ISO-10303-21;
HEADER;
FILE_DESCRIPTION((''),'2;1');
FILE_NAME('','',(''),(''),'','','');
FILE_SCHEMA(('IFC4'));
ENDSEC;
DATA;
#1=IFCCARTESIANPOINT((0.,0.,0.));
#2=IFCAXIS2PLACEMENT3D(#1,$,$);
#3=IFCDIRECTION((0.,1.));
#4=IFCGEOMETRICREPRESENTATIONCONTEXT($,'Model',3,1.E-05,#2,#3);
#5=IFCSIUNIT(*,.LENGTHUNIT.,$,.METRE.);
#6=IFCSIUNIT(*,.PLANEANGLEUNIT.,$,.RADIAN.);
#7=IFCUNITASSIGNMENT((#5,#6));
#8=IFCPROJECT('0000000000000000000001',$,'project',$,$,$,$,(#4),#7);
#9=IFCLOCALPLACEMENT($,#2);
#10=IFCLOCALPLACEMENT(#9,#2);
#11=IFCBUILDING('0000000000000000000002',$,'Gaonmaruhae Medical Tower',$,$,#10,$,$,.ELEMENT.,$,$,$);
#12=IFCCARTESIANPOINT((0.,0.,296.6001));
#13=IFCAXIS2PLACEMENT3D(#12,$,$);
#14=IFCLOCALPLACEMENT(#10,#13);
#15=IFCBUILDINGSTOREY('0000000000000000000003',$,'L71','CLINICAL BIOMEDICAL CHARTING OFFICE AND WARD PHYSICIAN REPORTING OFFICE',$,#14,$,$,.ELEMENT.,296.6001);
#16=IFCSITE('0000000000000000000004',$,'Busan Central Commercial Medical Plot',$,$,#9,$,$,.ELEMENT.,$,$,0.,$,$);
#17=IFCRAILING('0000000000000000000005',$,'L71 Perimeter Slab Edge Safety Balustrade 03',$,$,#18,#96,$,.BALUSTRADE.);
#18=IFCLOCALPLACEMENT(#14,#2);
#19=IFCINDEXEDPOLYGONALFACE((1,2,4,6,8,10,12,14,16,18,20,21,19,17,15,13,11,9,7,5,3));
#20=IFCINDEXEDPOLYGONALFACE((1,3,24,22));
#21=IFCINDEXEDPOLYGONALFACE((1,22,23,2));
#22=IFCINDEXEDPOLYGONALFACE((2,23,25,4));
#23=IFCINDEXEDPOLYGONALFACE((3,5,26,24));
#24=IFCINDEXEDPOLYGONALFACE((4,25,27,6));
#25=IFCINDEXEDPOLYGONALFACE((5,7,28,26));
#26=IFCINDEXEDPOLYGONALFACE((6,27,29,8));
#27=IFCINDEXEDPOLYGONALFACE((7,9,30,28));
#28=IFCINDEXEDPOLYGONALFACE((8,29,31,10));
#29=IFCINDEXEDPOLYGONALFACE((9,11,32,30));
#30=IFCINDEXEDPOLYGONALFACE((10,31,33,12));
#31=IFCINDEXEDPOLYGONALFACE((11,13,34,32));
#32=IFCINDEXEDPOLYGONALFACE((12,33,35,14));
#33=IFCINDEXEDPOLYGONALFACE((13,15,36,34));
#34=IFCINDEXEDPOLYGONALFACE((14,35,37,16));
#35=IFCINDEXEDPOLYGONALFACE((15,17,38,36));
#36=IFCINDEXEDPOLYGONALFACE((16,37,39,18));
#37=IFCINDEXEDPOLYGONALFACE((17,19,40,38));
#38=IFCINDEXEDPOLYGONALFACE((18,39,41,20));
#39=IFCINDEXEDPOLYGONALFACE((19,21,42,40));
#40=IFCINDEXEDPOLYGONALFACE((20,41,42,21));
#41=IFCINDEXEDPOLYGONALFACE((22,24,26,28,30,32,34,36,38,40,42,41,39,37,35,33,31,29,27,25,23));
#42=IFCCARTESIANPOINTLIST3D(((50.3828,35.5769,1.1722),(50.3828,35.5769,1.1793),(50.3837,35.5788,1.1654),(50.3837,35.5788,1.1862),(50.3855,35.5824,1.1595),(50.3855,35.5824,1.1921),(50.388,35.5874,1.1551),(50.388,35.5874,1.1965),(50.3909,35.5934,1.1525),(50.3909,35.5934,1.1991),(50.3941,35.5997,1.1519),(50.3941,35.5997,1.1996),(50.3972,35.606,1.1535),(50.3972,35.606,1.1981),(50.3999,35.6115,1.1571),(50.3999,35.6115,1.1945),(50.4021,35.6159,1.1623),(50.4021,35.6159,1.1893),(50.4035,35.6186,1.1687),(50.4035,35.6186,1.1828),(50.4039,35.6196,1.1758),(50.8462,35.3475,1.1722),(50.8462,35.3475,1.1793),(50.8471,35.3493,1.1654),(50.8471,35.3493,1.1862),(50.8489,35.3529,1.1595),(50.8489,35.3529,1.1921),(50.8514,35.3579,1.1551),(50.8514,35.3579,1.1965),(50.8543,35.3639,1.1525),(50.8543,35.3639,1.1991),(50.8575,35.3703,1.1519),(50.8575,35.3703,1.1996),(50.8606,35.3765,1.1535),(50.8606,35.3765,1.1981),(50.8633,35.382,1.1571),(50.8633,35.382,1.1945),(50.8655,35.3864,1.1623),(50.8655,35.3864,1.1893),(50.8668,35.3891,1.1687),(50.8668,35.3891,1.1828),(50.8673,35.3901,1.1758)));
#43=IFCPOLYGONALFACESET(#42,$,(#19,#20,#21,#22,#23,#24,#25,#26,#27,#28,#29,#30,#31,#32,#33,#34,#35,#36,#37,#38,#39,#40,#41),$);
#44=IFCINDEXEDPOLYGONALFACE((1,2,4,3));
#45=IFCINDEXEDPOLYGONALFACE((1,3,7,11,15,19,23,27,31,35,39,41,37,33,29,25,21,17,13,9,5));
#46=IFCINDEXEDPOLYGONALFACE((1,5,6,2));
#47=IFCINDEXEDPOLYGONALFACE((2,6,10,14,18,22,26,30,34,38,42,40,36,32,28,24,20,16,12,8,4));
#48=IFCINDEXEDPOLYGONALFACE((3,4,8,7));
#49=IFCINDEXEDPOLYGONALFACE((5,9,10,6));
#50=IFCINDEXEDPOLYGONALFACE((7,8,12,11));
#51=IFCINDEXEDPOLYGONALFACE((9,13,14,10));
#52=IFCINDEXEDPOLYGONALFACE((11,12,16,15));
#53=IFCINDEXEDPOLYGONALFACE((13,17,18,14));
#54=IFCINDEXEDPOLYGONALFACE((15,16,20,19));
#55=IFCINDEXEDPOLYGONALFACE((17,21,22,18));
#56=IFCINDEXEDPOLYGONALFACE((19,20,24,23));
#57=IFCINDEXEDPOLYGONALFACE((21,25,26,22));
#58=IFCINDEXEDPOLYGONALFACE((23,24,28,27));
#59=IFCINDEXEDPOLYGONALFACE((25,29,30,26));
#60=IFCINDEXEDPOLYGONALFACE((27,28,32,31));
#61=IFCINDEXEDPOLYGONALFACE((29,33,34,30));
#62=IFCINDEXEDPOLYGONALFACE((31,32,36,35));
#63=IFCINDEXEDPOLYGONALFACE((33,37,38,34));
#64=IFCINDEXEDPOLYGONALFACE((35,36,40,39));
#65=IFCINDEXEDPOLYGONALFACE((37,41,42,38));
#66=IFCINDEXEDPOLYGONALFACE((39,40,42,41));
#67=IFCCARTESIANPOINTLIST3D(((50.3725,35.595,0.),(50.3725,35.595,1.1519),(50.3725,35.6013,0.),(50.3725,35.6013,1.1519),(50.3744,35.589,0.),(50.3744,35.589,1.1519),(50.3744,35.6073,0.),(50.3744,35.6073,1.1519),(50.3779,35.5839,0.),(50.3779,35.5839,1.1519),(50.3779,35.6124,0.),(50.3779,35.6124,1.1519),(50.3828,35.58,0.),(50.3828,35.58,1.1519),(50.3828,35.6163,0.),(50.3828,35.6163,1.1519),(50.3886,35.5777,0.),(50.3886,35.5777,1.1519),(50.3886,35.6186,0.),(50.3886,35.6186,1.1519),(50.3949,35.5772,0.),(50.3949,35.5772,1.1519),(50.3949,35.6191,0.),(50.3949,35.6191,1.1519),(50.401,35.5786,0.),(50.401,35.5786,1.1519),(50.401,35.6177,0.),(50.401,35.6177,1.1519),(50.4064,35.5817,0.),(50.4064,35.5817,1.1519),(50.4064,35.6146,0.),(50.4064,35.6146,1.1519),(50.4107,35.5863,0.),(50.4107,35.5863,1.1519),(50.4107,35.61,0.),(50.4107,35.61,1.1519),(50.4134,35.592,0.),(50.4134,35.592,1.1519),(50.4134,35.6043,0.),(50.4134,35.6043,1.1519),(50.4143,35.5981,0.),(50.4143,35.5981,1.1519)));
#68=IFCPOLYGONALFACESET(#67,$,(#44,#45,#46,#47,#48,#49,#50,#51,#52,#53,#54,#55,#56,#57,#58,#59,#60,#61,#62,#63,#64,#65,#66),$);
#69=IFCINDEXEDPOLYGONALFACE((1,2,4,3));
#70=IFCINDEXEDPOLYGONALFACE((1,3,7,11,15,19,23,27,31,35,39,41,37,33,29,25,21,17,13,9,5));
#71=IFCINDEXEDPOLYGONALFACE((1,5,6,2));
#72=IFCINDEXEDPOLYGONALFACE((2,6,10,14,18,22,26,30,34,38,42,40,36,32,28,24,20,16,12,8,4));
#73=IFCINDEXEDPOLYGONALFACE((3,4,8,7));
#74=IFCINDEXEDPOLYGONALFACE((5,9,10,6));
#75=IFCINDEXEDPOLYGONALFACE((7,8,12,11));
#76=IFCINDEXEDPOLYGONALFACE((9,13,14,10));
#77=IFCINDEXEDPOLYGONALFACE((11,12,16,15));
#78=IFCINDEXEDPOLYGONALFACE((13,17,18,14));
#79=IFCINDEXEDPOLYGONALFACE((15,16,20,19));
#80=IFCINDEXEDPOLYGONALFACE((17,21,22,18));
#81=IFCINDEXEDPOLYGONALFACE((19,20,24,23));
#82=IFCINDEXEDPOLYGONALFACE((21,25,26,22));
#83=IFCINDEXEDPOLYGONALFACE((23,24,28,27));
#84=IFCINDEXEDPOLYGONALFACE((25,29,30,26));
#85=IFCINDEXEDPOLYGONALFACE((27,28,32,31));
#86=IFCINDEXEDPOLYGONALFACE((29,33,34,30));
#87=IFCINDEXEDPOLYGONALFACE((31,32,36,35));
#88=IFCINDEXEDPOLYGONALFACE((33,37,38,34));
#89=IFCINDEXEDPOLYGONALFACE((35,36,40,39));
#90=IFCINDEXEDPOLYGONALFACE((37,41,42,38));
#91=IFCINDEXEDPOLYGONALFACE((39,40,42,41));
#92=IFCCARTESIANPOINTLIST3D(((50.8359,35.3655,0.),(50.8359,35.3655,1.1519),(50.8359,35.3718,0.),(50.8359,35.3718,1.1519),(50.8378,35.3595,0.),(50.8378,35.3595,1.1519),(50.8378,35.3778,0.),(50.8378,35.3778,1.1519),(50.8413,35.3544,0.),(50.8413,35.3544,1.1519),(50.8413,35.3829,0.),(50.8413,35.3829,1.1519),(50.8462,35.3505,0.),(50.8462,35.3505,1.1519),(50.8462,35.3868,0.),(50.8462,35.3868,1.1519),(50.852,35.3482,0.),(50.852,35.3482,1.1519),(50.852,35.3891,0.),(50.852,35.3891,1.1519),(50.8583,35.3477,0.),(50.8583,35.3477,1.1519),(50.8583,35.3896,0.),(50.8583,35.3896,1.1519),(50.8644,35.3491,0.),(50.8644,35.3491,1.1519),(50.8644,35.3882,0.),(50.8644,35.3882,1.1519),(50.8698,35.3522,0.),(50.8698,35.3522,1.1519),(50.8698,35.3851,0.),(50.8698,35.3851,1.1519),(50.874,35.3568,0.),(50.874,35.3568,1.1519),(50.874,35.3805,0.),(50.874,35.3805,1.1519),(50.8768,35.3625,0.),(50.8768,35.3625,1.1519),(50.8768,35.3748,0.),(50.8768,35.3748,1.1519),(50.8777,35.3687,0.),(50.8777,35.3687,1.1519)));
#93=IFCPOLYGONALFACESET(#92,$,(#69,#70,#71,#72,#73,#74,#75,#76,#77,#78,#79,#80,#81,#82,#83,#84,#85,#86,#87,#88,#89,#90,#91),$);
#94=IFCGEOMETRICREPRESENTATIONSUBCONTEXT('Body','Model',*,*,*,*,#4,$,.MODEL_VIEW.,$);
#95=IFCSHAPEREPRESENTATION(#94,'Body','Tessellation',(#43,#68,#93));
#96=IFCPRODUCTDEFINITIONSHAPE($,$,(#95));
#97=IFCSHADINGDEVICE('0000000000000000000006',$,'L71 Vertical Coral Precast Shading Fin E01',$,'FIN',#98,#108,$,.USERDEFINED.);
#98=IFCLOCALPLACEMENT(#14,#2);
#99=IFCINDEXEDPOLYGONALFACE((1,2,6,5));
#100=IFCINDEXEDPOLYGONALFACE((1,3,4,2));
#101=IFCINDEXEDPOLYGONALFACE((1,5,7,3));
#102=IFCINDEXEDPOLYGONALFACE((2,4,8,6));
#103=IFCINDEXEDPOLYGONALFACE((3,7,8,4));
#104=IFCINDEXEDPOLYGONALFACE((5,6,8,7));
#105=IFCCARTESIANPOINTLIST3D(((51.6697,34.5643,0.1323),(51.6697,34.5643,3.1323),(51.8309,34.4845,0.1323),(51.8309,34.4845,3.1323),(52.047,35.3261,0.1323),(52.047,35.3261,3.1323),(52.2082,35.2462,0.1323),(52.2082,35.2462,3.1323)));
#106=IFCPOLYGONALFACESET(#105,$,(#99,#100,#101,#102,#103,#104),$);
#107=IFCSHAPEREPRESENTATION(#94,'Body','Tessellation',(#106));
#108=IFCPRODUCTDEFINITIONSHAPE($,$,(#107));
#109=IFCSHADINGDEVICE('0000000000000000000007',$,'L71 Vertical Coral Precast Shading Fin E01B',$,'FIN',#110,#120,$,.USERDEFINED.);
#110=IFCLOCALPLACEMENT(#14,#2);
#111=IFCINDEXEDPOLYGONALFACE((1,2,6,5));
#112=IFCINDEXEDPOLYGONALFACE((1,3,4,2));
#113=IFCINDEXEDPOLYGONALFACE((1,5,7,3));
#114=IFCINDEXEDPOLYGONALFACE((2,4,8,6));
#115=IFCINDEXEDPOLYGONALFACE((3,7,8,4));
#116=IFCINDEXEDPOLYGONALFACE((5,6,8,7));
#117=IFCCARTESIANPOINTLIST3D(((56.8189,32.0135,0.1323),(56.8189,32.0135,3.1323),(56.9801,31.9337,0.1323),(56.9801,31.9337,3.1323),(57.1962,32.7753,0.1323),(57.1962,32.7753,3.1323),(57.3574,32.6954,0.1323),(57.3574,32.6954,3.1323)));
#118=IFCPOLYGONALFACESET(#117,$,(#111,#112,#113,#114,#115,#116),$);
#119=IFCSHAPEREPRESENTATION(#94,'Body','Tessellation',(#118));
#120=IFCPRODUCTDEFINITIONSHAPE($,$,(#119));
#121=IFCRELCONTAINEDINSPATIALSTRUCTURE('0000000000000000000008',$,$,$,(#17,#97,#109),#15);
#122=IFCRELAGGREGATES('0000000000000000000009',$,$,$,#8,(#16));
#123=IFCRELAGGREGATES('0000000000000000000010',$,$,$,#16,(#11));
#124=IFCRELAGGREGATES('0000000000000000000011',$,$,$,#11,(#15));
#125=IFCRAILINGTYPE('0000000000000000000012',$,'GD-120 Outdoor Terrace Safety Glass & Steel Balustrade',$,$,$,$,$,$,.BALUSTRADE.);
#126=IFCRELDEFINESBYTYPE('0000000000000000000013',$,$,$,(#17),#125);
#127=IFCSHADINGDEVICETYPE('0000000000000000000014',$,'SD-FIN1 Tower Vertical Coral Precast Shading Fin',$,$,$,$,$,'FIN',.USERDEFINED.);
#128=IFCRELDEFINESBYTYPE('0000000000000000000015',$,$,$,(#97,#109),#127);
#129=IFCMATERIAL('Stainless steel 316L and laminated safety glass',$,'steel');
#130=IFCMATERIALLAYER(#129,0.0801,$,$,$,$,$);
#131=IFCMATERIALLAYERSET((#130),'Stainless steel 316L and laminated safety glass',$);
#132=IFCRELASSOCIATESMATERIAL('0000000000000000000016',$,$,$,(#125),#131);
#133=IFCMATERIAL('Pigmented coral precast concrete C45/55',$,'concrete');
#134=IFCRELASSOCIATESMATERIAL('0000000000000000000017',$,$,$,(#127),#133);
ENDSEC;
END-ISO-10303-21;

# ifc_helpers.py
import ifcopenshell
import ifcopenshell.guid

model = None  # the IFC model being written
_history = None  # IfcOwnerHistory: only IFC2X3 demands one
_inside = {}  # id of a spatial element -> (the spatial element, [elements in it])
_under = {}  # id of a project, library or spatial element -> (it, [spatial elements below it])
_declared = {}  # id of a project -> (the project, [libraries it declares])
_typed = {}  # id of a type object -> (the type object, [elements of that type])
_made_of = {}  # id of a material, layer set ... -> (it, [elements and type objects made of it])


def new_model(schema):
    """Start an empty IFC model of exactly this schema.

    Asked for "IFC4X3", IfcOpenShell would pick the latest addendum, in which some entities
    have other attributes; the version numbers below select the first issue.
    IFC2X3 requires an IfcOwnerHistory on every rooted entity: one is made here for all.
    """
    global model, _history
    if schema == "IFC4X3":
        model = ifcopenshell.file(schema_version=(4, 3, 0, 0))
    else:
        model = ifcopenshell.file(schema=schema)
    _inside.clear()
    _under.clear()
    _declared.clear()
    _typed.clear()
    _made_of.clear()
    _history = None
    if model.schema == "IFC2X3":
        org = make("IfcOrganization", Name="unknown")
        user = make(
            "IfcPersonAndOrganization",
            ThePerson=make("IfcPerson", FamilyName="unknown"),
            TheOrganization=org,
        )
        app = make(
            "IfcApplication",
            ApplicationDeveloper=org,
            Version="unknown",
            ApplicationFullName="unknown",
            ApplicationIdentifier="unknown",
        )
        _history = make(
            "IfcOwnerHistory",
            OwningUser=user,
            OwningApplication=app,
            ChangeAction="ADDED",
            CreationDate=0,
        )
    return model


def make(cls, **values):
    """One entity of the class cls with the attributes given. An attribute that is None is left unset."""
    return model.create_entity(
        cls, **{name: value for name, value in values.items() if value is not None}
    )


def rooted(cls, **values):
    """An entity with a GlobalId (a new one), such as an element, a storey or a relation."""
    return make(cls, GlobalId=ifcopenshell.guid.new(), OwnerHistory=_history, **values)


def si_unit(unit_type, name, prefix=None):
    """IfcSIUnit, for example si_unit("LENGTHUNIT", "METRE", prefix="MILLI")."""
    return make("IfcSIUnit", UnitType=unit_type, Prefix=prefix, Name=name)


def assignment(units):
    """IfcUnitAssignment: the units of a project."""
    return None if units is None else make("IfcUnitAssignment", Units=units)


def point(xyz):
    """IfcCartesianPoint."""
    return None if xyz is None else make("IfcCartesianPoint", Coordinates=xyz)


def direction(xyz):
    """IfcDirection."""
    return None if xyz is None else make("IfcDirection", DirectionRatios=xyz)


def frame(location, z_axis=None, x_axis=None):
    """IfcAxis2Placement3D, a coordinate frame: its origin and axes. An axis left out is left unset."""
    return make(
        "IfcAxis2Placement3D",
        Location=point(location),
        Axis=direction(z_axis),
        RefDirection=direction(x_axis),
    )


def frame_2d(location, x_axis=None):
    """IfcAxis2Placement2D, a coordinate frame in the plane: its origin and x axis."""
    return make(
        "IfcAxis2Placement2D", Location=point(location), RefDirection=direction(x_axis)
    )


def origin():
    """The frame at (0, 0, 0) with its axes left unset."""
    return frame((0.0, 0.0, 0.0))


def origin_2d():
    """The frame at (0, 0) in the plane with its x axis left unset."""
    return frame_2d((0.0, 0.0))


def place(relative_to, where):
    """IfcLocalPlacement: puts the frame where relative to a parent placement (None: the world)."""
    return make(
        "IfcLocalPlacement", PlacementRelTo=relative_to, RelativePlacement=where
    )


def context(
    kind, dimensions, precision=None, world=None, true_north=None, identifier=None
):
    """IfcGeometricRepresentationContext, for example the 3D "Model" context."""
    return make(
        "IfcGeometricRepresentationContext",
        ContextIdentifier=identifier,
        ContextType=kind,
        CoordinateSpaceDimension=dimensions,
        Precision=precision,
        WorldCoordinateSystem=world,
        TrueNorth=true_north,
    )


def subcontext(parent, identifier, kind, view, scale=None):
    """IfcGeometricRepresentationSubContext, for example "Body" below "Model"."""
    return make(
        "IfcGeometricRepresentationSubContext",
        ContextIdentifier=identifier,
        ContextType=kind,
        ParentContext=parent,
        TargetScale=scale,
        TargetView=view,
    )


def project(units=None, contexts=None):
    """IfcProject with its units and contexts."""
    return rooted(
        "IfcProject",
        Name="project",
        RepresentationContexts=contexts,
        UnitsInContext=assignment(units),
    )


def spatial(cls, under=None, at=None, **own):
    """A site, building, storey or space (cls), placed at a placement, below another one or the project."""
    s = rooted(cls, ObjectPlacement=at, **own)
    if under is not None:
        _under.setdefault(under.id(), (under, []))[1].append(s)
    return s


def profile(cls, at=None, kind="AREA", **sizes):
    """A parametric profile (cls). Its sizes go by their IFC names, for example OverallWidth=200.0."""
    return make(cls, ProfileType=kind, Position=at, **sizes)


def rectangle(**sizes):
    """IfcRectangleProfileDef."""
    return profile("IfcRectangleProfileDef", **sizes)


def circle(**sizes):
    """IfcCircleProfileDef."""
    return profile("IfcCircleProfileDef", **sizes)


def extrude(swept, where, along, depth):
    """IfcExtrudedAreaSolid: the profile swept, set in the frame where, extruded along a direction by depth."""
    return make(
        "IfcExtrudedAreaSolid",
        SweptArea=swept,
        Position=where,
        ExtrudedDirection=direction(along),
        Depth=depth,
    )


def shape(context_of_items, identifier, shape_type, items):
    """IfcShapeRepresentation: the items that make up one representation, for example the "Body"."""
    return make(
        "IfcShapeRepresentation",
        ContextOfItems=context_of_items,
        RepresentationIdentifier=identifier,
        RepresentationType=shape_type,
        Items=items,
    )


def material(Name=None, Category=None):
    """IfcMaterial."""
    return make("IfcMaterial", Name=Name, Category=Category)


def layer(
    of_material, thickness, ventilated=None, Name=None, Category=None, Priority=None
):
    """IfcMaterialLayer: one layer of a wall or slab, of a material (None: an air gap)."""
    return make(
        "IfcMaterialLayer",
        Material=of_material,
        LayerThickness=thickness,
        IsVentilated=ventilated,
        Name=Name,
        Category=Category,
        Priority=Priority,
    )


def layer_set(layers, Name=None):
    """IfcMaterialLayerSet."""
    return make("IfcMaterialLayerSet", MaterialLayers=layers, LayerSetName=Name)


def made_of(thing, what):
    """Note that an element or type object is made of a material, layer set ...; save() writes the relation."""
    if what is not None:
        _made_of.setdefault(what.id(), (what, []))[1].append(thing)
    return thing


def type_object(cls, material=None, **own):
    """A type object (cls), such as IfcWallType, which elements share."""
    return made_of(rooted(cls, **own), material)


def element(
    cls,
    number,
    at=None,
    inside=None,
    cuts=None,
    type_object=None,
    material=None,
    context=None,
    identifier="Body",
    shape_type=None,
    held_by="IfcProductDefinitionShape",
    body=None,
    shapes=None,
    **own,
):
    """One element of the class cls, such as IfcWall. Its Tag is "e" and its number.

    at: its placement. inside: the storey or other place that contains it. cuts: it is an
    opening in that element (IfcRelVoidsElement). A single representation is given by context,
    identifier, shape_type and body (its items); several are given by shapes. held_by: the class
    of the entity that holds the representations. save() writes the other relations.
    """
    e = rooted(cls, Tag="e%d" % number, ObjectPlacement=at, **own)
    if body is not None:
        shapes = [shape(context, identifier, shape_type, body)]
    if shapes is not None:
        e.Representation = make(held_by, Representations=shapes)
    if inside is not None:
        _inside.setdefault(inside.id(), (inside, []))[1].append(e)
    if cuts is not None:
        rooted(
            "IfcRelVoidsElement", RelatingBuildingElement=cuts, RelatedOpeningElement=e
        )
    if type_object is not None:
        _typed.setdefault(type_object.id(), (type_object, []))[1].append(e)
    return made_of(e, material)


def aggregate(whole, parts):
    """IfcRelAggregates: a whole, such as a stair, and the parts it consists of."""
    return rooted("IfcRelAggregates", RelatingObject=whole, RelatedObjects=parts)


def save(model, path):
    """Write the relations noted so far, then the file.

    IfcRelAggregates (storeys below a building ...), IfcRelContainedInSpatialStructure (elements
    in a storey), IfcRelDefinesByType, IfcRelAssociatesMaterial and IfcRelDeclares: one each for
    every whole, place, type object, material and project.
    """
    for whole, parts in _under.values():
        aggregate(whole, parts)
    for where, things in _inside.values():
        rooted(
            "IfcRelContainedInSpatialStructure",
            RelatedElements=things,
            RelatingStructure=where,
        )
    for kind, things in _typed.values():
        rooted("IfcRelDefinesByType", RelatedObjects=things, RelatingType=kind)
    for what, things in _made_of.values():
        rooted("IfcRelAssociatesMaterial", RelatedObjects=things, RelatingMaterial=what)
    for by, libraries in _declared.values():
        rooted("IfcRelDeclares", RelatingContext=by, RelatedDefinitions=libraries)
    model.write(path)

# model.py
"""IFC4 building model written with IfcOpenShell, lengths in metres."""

from ifc_helpers import new_model, si_unit, direction, frame, origin, origin_2d, place, context, subcontext, project, spatial, rectangle, circle, extrude, material, layer, layer_set, type_object, element, save


model = new_model("IFC4")

# Units and contexts
model_context = context("Model", 3, precision=1e-05, world=origin(), true_north=direction((0.0, 1.0)))
body_context = subcontext(model_context, "Body", "Model", "MODEL_VIEW")
ifc_project = project(units=[si_unit("LENGTHUNIT", "METRE"), si_unit("PLANEANGLEUNIT", "RADIAN")], contexts=[model_context])

# Site, building, storey
site_placement = place(None, origin())
site = spatial("IfcSite", under=ifc_project, at=site_placement, Name="Busan Central Commercial Medical Plot", CompositionType="ELEMENT", RefElevation=0.0)
building_placement = place(site_placement, origin())
building = spatial("IfcBuilding", under=site, at=building_placement, Name="Gaonmaruhae Medical Tower", CompositionType="ELEMENT")
storey_placement = place(building_placement, frame((0.0, 0.0, 296.6001)))
storey = spatial("IfcBuildingStorey", under=building, at=storey_placement, Name="L71", Description="CLINICAL BIOMEDICAL CHARTING OFFICE AND WARD PHYSICIAN REPORTING OFFICE", CompositionType="ELEMENT", Elevation=296.6001)

# Railing
ifc_material_1 = material(Name="Stainless steel 316L and laminated safety glass", Category="steel")
ifc_layer_1 = layer(ifc_material_1, 0.0801)
ifc_layer_set_1 = layer_set([ifc_layer_1], Name="Stainless steel 316L and laminated safety glass")
railing_type = type_object("IfcRailingType", Name="GD-120 Outdoor Terrace Safety Glass & Steel Balustrade", PredefinedType="BALUSTRADE", material=ifc_layer_set_1)
railing_placement = place(storey_placement, frame((50.3933, 35.5981, 0.0)))
element("IfcRailing", 1, at=railing_placement, inside=storey, type_object=railing_type, Name="L71 Perimeter Slab Edge Safety Balustrade 03", PredefinedType="BALUSTRADE", context=body_context, shape_type="SweptSolid", body=[
    extrude(circle(Radius=0.0239, at=origin_2d()), frame((0.0, 0.0, 1.1758), z_axis=(0.89612, -0.443811, 0.0), x_axis=(0.443811, 0.89612, 0.0)), (0.0, 0.0, 1.0), 0.5171),
    extrude(circle(Radius=0.021, at=origin_2d()), origin(), (0.0, 0.0, 1.0), 1.1519),
    extrude(circle(Radius=0.021, at=origin_2d()), frame((0.4634, -0.2295, 0.0)), (0.0, 0.0, 1.0), 1.1519),
])

# Shading devices
ifc_material_2 = material(Name="Pigmented coral precast concrete C45/55", Category="concrete")
shading_device_type = type_object("IfcShadingDeviceType", Name="SD-FIN1 Tower Vertical Coral Precast Shading Fin", ElementType="FIN", PredefinedType="USERDEFINED", material=ifc_material_2)
for number, where, z_axis, x_axis, name in (
    (2, (51.939, 34.9053, 0.1323), (0.0, 0.0, 1.0), (0.896092, -0.443869, 0.0), "L71 Vertical Coral Precast Shading Fin E01"),
    (3, (57.0881, 32.3545, 0.1323), (0.0, 0.0, 1.0), (0.896092, -0.443869, 0.0), "L71 Vertical Coral Precast Shading Fin E01B"),
):
    element("IfcShadingDevice", number, at=place(storey_placement, frame(where, z_axis=z_axis, x_axis=x_axis)), inside=storey, type_object=shading_device_type, Name=name, ObjectType="FIN", PredefinedType="USERDEFINED", context=body_context, shape_type="SweptSolid", body=[
        extrude(rectangle(XDim=0.1799, YDim=0.8501, at=origin_2d()), origin(), (0.0, 0.0, 1.0), 3.0),
    ])

save(model, "model.ifc")
